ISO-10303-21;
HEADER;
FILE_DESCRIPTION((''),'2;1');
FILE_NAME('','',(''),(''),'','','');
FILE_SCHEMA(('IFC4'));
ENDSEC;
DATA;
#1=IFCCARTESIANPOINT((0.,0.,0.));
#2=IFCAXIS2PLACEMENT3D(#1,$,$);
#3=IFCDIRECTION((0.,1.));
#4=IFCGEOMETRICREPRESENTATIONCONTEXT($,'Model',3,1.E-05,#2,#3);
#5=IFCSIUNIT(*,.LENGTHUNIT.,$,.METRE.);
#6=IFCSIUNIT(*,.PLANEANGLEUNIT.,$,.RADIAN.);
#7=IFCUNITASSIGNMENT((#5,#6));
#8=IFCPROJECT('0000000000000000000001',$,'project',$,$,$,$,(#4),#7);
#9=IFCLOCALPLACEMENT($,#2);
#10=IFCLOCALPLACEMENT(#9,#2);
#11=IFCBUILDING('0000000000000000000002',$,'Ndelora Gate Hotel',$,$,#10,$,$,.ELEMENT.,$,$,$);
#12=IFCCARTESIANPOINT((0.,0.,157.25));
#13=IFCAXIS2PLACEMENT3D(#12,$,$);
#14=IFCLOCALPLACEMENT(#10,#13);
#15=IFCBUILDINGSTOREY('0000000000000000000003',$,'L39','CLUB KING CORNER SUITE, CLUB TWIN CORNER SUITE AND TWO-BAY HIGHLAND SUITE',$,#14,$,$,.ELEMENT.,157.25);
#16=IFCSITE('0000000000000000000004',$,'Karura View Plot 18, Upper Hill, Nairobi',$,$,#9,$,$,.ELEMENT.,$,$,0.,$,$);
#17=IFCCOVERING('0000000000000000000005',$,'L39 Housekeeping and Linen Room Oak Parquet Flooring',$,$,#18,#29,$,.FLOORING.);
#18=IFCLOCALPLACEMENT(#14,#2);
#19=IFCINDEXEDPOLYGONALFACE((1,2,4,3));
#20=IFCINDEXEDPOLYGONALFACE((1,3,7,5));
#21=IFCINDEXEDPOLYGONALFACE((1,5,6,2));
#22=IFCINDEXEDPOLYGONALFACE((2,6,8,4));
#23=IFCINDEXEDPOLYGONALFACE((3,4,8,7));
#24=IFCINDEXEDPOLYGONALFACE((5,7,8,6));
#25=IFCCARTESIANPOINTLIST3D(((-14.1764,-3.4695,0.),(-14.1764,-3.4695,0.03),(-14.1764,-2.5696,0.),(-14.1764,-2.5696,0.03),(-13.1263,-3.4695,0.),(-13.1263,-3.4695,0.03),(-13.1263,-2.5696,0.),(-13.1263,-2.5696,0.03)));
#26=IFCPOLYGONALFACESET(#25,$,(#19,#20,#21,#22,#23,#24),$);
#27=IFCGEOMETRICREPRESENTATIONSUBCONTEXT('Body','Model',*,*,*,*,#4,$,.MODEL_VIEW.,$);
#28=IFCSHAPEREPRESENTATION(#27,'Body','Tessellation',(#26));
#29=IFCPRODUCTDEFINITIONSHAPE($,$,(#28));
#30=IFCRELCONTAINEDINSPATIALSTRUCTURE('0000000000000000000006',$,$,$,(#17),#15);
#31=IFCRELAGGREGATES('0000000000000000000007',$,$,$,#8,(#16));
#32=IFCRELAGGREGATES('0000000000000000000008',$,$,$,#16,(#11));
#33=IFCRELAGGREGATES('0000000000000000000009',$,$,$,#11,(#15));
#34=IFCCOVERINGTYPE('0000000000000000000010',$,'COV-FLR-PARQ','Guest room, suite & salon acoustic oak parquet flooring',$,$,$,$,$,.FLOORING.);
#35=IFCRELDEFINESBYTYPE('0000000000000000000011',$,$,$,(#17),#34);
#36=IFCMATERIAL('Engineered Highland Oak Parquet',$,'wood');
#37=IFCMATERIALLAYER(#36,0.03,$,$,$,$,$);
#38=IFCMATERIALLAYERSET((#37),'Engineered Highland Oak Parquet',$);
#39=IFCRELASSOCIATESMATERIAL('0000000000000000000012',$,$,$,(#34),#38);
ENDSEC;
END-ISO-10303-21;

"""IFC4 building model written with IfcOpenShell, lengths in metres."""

from ifc_helpers import new_model, si_unit, direction, frame, origin, origin_2d, place, context, subcontext, project, spatial, rectangle, extrude, material, layer, layer_set, type_object, element, save


model = new_model("IFC4")

# Units and contexts
model_context = context("Model", 3, precision=1e-05, world=origin(), true_north=direction((0.0, 1.0)))
body_context = subcontext(model_context, "Body", "Model", "MODEL_VIEW")
ifc_project = project(units=[si_unit("LENGTHUNIT", "METRE"), si_unit("PLANEANGLEUNIT", "RADIAN")], contexts=[model_context])

# Site, building, storey
site_placement = place(None, origin())
site = spatial("IfcSite", under=ifc_project, at=site_placement, Name="Karura View Plot 18, Upper Hill, Nairobi", CompositionType="ELEMENT", RefElevation=0.0)
building_placement = place(site_placement, origin())
building = spatial("IfcBuilding", under=site, at=building_placement, Name="Ndelora Gate Hotel", CompositionType="ELEMENT")
storey_placement = place(building_placement, frame((0.0, 0.0, 157.25)))
storey = spatial("IfcBuildingStorey", under=building, at=storey_placement, Name="L39", Description="CLUB KING CORNER SUITE, CLUB TWIN CORNER SUITE AND TWO-BAY HIGHLAND SUITE", CompositionType="ELEMENT", Elevation=157.25)

# Covering
ifc_material_1 = material(Name="Engineered Highland Oak Parquet", Category="wood")
ifc_layer_1 = layer(ifc_material_1, 0.03)
ifc_layer_set_1 = layer_set([ifc_layer_1], Name="Engineered Highland Oak Parquet")
covering_type = type_object("IfcCoveringType", Name="COV-FLR-PARQ", Description="Guest room, suite & salon acoustic oak parquet flooring", PredefinedType="FLOORING", material=ifc_layer_set_1)
covering_placement = place(storey_placement, frame((-13.6514, -3.0195, 0.0), z_axis=(0.0, 0.0, 1.0), x_axis=(1.0, 0.0, 0.0)))
element("IfcCovering", 1, at=covering_placement, inside=storey, type_object=covering_type, Name="L39 Housekeeping and Linen Room Oak Parquet Flooring", PredefinedType="FLOORING", context=body_context, shape_type="SweptSolid", body=[
    extrude(rectangle(XDim=1.05, YDim=0.8999, at=origin_2d()), origin(), (0.0, 0.0, 1.0), 0.03),
])

save(model, "model.ifc")
